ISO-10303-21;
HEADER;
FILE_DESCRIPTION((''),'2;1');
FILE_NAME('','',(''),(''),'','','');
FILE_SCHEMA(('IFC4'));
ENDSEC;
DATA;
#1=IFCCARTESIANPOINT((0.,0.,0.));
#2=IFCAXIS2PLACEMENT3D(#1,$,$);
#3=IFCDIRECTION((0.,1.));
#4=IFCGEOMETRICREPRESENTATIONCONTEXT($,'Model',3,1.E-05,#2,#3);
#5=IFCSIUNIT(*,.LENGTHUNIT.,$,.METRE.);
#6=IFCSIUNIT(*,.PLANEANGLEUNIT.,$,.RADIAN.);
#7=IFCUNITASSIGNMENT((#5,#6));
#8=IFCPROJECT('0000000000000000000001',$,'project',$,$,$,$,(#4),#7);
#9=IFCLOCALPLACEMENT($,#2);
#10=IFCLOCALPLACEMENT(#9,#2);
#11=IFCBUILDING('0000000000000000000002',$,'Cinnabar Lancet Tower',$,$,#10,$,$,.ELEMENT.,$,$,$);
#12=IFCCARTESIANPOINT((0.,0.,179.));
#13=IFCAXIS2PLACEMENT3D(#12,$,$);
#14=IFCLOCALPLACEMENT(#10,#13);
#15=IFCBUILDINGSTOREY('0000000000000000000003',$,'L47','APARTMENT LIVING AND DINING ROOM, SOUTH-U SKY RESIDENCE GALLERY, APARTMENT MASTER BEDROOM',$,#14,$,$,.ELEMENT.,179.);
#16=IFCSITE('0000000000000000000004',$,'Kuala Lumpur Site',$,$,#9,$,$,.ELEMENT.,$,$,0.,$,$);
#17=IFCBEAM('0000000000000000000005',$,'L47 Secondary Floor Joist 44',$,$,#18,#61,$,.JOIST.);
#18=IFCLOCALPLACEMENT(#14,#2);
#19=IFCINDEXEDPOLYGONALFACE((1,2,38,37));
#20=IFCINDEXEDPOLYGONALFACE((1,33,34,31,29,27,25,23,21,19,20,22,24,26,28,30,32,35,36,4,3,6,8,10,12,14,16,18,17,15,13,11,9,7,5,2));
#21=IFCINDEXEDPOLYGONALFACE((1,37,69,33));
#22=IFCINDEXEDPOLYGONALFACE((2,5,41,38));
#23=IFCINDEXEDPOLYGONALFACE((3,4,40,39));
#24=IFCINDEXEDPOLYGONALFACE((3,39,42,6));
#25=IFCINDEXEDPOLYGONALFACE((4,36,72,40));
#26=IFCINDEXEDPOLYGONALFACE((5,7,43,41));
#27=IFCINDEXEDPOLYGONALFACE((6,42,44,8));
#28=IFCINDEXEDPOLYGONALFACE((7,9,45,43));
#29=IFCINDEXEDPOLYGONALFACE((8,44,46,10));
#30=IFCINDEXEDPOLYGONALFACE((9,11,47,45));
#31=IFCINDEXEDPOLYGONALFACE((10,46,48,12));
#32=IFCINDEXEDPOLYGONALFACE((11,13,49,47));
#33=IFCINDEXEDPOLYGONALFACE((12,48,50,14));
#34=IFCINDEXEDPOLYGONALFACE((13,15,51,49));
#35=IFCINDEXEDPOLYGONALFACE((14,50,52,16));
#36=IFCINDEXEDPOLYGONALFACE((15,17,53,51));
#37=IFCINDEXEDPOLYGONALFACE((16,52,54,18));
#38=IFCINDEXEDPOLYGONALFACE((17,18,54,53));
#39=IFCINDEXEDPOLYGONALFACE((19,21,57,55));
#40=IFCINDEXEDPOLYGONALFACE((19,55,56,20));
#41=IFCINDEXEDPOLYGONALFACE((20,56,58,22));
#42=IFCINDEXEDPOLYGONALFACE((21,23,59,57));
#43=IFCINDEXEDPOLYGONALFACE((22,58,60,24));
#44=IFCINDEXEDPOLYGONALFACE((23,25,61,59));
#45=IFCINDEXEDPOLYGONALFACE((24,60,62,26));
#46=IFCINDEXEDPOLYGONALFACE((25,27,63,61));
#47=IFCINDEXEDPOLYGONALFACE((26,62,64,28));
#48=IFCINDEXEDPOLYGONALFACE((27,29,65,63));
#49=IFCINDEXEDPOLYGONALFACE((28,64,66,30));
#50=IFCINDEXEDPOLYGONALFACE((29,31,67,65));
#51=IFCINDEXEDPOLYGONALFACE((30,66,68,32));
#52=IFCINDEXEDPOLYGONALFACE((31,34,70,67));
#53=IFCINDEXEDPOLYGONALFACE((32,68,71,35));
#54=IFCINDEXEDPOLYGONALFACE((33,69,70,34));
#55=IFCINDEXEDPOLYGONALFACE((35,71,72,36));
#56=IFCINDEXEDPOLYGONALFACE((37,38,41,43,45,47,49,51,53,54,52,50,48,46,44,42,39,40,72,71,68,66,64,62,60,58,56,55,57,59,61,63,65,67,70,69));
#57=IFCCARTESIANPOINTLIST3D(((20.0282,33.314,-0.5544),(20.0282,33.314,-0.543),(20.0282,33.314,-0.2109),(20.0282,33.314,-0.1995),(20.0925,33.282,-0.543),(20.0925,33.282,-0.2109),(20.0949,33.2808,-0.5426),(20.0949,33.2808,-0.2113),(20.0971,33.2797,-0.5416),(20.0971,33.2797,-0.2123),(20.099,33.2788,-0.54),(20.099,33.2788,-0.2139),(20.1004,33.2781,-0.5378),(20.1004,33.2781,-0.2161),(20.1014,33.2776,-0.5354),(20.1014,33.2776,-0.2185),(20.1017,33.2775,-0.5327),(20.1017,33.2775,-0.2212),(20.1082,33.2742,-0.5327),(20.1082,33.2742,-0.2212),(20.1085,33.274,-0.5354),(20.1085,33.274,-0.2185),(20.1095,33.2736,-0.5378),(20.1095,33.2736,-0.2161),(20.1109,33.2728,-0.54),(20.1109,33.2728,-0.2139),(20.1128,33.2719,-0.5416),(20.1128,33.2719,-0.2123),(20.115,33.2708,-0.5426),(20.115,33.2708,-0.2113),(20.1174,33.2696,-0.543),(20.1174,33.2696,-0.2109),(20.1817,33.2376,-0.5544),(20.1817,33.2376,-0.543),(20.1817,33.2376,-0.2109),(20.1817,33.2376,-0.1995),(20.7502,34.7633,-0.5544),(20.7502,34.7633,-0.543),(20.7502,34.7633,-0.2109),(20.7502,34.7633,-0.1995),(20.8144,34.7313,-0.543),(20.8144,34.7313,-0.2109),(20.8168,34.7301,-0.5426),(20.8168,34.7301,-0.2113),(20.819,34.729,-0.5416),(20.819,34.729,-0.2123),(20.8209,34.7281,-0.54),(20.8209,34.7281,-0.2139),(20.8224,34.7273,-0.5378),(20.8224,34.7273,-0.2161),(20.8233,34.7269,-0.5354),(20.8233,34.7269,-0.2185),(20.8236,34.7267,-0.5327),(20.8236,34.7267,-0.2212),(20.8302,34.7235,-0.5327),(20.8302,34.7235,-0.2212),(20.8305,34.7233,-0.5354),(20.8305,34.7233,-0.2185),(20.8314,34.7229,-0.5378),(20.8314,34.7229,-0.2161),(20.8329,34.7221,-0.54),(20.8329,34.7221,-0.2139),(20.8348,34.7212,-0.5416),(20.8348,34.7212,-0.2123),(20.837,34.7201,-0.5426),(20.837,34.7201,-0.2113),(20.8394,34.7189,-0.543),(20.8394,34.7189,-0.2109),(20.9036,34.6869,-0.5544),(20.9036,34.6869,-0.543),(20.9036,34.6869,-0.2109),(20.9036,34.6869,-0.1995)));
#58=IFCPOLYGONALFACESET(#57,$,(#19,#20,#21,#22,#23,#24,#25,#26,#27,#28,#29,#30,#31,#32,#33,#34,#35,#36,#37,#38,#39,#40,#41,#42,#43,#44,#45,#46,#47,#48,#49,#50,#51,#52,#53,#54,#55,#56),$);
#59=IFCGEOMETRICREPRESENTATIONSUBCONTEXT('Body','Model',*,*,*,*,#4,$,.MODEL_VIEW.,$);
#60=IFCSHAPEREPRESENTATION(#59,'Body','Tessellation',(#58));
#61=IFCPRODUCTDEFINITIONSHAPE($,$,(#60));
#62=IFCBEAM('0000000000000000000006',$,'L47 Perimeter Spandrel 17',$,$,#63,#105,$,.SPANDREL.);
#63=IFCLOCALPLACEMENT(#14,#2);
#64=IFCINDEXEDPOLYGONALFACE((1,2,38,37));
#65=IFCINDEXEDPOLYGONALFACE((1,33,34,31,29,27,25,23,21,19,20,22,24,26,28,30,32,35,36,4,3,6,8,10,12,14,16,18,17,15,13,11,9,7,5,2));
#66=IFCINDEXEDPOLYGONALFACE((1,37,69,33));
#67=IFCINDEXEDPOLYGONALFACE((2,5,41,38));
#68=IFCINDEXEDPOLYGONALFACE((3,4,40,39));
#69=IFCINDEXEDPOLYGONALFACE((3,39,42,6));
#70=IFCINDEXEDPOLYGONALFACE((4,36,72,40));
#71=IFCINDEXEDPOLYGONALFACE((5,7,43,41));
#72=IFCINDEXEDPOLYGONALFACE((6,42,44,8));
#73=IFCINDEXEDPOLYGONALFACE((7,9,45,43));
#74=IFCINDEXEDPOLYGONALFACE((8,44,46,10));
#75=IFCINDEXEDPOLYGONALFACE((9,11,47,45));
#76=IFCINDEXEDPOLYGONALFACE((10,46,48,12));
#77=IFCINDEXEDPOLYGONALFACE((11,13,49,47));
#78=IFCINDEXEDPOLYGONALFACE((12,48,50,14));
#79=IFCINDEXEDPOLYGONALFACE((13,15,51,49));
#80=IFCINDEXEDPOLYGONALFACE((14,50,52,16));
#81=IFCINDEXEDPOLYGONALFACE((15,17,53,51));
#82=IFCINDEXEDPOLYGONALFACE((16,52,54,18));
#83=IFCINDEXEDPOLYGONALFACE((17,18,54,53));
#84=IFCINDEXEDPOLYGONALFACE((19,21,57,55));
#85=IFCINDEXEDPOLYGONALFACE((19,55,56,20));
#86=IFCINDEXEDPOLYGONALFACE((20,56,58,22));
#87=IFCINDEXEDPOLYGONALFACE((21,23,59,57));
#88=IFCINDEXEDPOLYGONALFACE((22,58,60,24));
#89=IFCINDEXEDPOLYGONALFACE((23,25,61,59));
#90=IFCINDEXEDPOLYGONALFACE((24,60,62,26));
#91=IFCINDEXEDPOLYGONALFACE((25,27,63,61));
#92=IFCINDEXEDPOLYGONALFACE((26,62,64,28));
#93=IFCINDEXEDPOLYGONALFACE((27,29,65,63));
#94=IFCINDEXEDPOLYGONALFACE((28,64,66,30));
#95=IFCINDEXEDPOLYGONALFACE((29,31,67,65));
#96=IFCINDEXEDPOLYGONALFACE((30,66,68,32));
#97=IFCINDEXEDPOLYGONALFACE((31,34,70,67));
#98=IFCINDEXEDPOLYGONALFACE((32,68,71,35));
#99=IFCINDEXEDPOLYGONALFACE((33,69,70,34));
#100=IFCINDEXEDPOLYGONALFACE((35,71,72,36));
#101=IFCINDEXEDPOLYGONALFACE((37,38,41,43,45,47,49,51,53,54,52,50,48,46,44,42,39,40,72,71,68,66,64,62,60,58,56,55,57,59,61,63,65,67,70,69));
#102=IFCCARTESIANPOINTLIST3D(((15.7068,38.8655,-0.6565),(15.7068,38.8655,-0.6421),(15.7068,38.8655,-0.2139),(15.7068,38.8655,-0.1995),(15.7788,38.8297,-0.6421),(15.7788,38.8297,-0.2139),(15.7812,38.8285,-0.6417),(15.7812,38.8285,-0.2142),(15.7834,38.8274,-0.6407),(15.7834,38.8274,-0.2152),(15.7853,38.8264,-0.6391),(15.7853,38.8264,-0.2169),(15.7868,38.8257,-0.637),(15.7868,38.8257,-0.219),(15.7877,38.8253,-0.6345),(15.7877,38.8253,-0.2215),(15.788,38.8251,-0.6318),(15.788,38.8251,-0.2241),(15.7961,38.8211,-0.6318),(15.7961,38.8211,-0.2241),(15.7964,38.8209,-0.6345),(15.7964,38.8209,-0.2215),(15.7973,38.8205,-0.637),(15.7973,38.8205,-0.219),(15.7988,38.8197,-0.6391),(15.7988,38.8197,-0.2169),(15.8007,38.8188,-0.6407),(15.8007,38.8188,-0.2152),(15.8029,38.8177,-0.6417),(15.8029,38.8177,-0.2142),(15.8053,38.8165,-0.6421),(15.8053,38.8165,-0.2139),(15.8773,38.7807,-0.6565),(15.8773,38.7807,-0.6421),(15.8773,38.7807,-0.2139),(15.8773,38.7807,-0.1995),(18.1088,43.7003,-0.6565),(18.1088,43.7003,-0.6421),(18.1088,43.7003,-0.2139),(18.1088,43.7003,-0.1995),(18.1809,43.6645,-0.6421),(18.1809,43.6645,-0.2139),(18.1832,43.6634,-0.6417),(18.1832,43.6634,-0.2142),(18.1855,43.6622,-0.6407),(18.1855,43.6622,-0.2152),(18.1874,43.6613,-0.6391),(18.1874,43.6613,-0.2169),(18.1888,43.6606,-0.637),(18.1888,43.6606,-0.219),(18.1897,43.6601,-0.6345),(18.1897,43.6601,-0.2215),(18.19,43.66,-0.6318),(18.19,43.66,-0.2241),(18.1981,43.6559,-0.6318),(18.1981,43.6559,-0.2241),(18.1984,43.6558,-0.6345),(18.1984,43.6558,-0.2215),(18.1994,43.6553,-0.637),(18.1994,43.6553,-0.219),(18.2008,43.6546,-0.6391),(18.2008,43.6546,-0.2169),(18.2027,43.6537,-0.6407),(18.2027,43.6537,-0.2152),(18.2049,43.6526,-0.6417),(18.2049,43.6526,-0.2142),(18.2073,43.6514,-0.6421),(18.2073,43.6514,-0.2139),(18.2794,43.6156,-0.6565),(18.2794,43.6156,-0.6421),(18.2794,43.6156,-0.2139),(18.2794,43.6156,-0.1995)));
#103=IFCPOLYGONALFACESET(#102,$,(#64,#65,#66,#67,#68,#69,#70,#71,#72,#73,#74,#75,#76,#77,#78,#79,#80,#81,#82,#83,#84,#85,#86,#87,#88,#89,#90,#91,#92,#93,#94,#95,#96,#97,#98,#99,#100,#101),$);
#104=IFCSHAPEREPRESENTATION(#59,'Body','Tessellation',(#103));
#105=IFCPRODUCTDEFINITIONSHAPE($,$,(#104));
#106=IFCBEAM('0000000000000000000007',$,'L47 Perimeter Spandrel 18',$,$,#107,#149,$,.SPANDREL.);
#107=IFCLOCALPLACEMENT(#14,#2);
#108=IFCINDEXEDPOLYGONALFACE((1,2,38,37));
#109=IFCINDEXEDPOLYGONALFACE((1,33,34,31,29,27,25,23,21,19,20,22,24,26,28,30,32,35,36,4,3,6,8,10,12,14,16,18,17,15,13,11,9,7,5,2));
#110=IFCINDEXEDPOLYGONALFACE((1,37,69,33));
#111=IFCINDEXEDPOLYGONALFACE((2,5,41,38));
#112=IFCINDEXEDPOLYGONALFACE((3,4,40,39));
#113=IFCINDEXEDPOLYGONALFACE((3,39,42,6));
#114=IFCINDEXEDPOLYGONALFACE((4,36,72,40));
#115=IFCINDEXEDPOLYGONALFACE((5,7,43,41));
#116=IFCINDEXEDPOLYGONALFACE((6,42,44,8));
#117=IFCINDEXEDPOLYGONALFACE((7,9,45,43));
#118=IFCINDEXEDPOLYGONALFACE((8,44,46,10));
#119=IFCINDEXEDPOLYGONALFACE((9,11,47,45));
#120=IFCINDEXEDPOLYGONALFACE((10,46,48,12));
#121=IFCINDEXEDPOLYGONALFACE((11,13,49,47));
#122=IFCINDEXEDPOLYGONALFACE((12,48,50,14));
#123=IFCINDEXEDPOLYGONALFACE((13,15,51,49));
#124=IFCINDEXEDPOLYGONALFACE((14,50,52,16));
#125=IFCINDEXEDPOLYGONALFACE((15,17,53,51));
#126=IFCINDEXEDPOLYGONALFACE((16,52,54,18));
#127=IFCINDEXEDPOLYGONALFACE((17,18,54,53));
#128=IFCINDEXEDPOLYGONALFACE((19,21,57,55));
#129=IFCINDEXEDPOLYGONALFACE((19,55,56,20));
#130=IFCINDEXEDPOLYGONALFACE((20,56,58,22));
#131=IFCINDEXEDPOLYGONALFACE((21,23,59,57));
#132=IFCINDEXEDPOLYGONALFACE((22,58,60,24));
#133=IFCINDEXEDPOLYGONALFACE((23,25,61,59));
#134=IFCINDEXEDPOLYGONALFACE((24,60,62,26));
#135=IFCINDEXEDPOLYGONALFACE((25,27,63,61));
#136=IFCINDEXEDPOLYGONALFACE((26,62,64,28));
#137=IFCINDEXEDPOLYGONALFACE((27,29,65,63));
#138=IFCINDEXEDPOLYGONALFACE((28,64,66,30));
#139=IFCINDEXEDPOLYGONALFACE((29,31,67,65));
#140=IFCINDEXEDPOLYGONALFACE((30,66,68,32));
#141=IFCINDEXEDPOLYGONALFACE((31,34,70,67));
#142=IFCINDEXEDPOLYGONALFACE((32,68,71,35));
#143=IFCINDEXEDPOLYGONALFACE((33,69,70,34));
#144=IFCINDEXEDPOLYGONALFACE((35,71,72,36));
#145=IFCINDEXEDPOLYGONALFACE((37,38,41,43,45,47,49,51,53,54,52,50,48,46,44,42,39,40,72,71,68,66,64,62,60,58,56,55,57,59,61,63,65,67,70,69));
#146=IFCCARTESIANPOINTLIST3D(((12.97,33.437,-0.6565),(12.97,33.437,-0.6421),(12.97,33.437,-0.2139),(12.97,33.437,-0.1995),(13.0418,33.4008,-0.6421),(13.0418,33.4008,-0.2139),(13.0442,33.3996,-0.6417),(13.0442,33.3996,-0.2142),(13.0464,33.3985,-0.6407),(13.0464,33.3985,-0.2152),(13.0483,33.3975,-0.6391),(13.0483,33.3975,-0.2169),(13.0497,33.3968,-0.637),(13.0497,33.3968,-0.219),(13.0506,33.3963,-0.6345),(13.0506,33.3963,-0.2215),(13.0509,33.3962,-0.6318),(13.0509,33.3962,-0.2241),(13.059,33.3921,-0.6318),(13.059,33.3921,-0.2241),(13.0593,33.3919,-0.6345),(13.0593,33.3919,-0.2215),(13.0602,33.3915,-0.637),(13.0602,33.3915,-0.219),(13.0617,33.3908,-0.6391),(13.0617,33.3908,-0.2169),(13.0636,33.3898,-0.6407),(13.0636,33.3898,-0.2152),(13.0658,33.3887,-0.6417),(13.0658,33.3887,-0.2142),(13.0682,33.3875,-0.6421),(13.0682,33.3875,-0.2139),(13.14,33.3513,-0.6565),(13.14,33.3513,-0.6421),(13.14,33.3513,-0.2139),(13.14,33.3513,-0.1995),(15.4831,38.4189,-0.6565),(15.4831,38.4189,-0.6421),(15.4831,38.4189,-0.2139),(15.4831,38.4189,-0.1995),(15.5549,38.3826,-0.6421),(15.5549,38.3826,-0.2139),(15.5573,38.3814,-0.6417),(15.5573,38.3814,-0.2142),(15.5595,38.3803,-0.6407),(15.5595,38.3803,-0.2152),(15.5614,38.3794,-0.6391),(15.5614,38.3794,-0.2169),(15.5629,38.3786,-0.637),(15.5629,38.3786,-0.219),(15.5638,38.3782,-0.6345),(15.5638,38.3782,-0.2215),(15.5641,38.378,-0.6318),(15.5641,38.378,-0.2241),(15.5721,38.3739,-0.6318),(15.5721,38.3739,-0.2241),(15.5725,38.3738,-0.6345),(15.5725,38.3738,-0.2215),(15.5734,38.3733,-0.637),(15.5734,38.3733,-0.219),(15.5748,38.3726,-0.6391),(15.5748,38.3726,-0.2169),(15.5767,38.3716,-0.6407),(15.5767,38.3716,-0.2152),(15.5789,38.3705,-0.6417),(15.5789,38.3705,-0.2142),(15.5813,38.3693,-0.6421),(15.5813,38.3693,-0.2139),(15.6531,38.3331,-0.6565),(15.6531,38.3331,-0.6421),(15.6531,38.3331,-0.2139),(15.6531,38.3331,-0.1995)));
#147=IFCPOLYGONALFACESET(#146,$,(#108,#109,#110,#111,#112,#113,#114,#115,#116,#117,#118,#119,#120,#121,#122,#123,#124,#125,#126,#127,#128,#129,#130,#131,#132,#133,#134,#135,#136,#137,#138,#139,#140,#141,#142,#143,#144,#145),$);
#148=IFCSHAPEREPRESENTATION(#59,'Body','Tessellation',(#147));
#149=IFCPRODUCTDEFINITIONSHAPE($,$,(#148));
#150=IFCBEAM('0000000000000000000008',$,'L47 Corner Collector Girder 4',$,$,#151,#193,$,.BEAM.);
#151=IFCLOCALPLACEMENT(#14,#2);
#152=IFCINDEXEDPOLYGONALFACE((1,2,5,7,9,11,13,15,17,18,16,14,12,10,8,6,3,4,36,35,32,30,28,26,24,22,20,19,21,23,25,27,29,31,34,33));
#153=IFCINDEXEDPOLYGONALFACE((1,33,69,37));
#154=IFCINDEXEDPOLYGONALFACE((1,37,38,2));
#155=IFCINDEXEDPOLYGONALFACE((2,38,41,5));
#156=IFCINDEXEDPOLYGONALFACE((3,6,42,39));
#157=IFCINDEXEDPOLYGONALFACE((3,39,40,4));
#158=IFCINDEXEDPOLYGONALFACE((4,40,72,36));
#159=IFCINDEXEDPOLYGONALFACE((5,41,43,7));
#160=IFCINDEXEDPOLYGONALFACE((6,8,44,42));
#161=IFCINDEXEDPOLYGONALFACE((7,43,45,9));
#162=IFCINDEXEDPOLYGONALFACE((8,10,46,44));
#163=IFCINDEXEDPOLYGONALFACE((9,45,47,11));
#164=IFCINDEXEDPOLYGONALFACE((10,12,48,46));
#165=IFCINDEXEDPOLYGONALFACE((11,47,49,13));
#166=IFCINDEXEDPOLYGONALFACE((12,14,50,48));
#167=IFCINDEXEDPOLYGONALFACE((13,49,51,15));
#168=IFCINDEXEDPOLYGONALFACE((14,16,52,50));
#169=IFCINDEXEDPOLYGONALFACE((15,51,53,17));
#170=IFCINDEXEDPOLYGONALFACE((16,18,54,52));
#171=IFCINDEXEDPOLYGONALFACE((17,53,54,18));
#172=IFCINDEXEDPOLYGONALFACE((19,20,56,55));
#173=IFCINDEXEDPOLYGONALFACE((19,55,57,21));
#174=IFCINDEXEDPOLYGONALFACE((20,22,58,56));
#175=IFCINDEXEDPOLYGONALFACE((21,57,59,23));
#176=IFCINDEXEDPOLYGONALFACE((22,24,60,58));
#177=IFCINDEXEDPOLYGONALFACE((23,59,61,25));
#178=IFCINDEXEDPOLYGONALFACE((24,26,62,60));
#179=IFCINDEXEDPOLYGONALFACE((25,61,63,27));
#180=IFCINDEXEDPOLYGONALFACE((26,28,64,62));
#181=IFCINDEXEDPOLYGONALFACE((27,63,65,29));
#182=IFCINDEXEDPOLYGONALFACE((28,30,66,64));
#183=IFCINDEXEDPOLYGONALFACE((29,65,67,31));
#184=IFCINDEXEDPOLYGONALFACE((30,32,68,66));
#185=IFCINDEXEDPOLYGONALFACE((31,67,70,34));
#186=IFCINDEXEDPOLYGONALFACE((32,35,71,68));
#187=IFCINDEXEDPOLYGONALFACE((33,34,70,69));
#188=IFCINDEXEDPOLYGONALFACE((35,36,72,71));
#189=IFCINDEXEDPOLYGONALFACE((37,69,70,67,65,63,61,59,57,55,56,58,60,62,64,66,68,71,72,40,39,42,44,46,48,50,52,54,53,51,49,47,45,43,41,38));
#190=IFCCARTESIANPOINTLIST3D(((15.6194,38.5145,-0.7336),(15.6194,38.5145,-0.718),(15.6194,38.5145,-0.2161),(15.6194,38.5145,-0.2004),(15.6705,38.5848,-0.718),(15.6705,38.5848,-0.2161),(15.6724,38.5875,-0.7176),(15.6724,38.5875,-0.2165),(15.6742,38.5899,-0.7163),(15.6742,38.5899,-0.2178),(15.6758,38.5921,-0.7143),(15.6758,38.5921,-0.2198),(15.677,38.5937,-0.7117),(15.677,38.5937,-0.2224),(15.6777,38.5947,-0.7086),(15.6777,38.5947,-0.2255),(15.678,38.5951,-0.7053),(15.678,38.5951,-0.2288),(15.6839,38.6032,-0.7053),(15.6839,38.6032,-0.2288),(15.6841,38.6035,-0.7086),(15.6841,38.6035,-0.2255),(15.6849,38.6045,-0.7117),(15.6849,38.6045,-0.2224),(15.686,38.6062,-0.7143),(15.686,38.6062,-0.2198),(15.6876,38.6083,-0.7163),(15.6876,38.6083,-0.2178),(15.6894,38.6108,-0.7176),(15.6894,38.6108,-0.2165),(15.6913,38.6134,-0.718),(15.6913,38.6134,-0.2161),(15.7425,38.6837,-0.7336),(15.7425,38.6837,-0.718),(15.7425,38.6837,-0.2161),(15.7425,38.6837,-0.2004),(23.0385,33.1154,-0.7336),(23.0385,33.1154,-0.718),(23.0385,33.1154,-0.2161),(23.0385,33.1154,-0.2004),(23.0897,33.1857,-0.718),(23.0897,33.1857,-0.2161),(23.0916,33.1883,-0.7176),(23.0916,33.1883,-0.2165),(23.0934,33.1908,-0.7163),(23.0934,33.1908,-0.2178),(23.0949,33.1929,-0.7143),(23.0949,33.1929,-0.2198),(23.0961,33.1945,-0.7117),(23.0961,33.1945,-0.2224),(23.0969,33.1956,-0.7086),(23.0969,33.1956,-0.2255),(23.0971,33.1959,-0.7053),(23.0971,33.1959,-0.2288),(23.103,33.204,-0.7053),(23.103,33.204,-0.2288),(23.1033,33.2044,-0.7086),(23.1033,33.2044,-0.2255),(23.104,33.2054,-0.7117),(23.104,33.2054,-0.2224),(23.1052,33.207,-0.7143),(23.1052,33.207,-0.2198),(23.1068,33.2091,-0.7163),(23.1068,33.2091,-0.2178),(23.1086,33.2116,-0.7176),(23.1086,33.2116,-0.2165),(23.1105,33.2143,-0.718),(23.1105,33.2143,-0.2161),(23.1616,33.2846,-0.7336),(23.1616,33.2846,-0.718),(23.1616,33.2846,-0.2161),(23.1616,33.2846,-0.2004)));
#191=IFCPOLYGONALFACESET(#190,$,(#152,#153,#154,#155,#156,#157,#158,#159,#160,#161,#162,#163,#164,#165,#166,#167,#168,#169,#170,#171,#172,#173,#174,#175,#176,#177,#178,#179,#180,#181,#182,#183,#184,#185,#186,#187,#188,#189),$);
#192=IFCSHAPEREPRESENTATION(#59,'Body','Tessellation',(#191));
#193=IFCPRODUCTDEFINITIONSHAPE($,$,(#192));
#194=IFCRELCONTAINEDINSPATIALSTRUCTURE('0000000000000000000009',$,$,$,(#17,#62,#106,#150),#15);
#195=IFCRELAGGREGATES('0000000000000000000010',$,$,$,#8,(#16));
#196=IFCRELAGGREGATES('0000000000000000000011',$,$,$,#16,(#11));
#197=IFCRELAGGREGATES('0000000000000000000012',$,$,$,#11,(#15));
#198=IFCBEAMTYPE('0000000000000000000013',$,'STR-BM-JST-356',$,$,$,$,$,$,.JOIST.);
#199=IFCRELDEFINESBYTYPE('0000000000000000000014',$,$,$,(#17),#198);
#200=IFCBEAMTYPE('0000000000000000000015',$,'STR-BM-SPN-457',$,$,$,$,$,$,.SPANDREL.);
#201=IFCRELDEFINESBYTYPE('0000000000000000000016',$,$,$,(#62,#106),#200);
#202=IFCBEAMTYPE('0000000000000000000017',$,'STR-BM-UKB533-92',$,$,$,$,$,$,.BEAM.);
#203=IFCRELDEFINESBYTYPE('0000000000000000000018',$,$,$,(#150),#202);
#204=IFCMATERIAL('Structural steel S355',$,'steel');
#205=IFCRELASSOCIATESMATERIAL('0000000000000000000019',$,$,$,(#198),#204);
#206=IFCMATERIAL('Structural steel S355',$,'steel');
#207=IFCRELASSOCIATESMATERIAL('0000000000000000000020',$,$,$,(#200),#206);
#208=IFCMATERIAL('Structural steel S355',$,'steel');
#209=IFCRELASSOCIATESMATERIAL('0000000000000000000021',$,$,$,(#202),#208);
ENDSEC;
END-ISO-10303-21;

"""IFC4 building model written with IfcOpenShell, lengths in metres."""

from ifc_helpers import new_model, si_unit, direction, frame, origin, origin_2d, place, context, subcontext, project, spatial, i_section, extrude, material, material_profile, profile_set, type_object, element, save


model = new_model("IFC4")

# Units and contexts
model_context = context("Model", 3, precision=1e-05, world=origin(), true_north=direction((0.0, 1.0)))
body_context = subcontext(model_context, "Body", "Model", "MODEL_VIEW")
ifc_project = project(units=[si_unit("LENGTHUNIT", "METRE"), si_unit("PLANEANGLEUNIT", "RADIAN")], contexts=[model_context])

# Site, building, storey
site_placement = place(None, origin())
site = spatial("IfcSite", under=ifc_project, at=site_placement, Name="Kuala Lumpur Site", CompositionType="ELEMENT", RefElevation=0.0)
building_placement = place(site_placement, origin())
building = spatial("IfcBuilding", under=site, at=building_placement, Name="Cinnabar Lancet Tower", CompositionType="ELEMENT")
storey_placement = place(building_placement, frame((0.0, 0.0, 179.0)))
storey = spatial("IfcBuildingStorey", under=building, at=storey_placement, Name="L47", Description="APARTMENT LIVING AND DINING ROOM, SOUTH-U SKY RESIDENCE GALLERY, APARTMENT MASTER BEDROOM", CompositionType="ELEMENT", Elevation=179.0)

# Beams
ifc_material_1 = material(Name="Structural steel S355", Category="steel")
ifc_material_profile_1 = material_profile(ifc_material_1, i_section(OverallWidth=0.1714, OverallDepth=0.355, WebThickness=0.0073, FlangeThickness=0.0115, FilletRadius=0.0103, at=origin_2d()), Name="UKB 356x171x51")
ifc_profile_set_1 = profile_set([ifc_material_profile_1], Name="Structural steel S355")
beam_type_1 = type_object("IfcBeamType", Name="STR-BM-JST-356", PredefinedType="JOIST", material=ifc_profile_set_1)
beam_1_placement = place(storey_placement, frame((20.8269, 34.7251, -0.377), z_axis=(-0.445886, -0.89509, 0.0), x_axis=(0.89509, -0.445886, 0.0)))
element("IfcBeam", 1, at=beam_1_placement, inside=storey, type_object=beam_type_1, Name="L47 Secondary Floor Joist 44", PredefinedType="JOIST", context=body_context, shape_type="SweptSolid", body=[
    extrude(i_section(OverallWidth=0.1714, OverallDepth=0.355, WebThickness=0.0073, FlangeThickness=0.0115, FilletRadius=0.0103, at=origin_2d()), origin(), (0.0, 0.0, 1.0), 1.6191),
])
ifc_material_2 = material(Name="Structural steel S355", Category="steel")
ifc_material_profile_2 = material_profile(ifc_material_2, i_section(OverallWidth=0.1904, OverallDepth=0.457, WebThickness=0.009, FlangeThickness=0.0144, FilletRadius=0.0103, at=origin_2d()), Name="UKB 457x191x74")
ifc_profile_set_2 = profile_set([ifc_material_profile_2], Name="Structural steel S355")
beam_type_2 = type_object("IfcBeamType", Name="STR-BM-SPN-457", PredefinedType="SPANDREL", material=ifc_profile_set_2)
beam_2_placement = place(storey_placement, frame((18.1941, 43.658, -0.428), z_axis=(-0.444933, -0.895564, 0.0), x_axis=(0.895564, -0.444933, 0.0)))
element("IfcBeam", 2, at=beam_2_placement, inside=storey, type_object=beam_type_2, Name="L47 Perimeter Spandrel 17", PredefinedType="SPANDREL", context=body_context, shape_type="SweptSolid", body=[
    extrude(i_section(OverallWidth=0.1904, OverallDepth=0.457, WebThickness=0.009, FlangeThickness=0.0144, FilletRadius=0.0103, at=origin_2d()), origin(), (0.0, 0.0, 1.0), 5.3987),
])
beam_3_placement = place(storey_placement, frame((15.5681, 38.376, -0.428), z_axis=(-0.450396, -0.892829, 0.0), x_axis=(0.892829, -0.450396, 0.0)))
element("IfcBeam", 3, at=beam_3_placement, inside=storey, type_object=beam_type_2, Name="L47 Perimeter Spandrel 18", PredefinedType="SPANDREL", context=body_context, shape_type="SweptSolid", body=[
    extrude(i_section(OverallWidth=0.1904, OverallDepth=0.457, WebThickness=0.009, FlangeThickness=0.0144, FilletRadius=0.0103, at=origin_2d()), origin(), (0.0, 0.0, 1.0), 5.5798),
])
ifc_material_3 = material(Name="Structural steel S355", Category="steel")
ifc_material_profile_3 = material_profile(ifc_material_3, i_section(OverallWidth=0.2092, OverallDepth=0.5332, WebThickness=0.01, FlangeThickness=0.0156, FilletRadius=0.0127, at=origin_2d()), Name="UKB 533x210x92")
ifc_profile_set_3 = profile_set([ifc_material_profile_3], Name="Structural steel S355")
beam_type_3 = type_object("IfcBeamType", Name="STR-BM-UKB533-92", PredefinedType="BEAM", material=ifc_profile_set_3)
beam_4_placement = place(storey_placement, frame((15.6809, 38.5991, -0.467), z_axis=(0.80856, -0.588414, 0.0), x_axis=(0.588414, 0.80856, 0.0)))
element("IfcBeam", 4, at=beam_4_placement, inside=storey, type_object=beam_type_3, Name="L47 Corner Collector Girder 4", PredefinedType="BEAM", context=body_context, shape_type="SweptSolid", body=[
    extrude(i_section(OverallWidth=0.2092, OverallDepth=0.5332, WebThickness=0.01, FlangeThickness=0.0156, FilletRadius=0.0127, at=origin_2d()), origin(), (0.0, 0.0, 1.0), 9.1758),
])

save(model, "model.ifc")
